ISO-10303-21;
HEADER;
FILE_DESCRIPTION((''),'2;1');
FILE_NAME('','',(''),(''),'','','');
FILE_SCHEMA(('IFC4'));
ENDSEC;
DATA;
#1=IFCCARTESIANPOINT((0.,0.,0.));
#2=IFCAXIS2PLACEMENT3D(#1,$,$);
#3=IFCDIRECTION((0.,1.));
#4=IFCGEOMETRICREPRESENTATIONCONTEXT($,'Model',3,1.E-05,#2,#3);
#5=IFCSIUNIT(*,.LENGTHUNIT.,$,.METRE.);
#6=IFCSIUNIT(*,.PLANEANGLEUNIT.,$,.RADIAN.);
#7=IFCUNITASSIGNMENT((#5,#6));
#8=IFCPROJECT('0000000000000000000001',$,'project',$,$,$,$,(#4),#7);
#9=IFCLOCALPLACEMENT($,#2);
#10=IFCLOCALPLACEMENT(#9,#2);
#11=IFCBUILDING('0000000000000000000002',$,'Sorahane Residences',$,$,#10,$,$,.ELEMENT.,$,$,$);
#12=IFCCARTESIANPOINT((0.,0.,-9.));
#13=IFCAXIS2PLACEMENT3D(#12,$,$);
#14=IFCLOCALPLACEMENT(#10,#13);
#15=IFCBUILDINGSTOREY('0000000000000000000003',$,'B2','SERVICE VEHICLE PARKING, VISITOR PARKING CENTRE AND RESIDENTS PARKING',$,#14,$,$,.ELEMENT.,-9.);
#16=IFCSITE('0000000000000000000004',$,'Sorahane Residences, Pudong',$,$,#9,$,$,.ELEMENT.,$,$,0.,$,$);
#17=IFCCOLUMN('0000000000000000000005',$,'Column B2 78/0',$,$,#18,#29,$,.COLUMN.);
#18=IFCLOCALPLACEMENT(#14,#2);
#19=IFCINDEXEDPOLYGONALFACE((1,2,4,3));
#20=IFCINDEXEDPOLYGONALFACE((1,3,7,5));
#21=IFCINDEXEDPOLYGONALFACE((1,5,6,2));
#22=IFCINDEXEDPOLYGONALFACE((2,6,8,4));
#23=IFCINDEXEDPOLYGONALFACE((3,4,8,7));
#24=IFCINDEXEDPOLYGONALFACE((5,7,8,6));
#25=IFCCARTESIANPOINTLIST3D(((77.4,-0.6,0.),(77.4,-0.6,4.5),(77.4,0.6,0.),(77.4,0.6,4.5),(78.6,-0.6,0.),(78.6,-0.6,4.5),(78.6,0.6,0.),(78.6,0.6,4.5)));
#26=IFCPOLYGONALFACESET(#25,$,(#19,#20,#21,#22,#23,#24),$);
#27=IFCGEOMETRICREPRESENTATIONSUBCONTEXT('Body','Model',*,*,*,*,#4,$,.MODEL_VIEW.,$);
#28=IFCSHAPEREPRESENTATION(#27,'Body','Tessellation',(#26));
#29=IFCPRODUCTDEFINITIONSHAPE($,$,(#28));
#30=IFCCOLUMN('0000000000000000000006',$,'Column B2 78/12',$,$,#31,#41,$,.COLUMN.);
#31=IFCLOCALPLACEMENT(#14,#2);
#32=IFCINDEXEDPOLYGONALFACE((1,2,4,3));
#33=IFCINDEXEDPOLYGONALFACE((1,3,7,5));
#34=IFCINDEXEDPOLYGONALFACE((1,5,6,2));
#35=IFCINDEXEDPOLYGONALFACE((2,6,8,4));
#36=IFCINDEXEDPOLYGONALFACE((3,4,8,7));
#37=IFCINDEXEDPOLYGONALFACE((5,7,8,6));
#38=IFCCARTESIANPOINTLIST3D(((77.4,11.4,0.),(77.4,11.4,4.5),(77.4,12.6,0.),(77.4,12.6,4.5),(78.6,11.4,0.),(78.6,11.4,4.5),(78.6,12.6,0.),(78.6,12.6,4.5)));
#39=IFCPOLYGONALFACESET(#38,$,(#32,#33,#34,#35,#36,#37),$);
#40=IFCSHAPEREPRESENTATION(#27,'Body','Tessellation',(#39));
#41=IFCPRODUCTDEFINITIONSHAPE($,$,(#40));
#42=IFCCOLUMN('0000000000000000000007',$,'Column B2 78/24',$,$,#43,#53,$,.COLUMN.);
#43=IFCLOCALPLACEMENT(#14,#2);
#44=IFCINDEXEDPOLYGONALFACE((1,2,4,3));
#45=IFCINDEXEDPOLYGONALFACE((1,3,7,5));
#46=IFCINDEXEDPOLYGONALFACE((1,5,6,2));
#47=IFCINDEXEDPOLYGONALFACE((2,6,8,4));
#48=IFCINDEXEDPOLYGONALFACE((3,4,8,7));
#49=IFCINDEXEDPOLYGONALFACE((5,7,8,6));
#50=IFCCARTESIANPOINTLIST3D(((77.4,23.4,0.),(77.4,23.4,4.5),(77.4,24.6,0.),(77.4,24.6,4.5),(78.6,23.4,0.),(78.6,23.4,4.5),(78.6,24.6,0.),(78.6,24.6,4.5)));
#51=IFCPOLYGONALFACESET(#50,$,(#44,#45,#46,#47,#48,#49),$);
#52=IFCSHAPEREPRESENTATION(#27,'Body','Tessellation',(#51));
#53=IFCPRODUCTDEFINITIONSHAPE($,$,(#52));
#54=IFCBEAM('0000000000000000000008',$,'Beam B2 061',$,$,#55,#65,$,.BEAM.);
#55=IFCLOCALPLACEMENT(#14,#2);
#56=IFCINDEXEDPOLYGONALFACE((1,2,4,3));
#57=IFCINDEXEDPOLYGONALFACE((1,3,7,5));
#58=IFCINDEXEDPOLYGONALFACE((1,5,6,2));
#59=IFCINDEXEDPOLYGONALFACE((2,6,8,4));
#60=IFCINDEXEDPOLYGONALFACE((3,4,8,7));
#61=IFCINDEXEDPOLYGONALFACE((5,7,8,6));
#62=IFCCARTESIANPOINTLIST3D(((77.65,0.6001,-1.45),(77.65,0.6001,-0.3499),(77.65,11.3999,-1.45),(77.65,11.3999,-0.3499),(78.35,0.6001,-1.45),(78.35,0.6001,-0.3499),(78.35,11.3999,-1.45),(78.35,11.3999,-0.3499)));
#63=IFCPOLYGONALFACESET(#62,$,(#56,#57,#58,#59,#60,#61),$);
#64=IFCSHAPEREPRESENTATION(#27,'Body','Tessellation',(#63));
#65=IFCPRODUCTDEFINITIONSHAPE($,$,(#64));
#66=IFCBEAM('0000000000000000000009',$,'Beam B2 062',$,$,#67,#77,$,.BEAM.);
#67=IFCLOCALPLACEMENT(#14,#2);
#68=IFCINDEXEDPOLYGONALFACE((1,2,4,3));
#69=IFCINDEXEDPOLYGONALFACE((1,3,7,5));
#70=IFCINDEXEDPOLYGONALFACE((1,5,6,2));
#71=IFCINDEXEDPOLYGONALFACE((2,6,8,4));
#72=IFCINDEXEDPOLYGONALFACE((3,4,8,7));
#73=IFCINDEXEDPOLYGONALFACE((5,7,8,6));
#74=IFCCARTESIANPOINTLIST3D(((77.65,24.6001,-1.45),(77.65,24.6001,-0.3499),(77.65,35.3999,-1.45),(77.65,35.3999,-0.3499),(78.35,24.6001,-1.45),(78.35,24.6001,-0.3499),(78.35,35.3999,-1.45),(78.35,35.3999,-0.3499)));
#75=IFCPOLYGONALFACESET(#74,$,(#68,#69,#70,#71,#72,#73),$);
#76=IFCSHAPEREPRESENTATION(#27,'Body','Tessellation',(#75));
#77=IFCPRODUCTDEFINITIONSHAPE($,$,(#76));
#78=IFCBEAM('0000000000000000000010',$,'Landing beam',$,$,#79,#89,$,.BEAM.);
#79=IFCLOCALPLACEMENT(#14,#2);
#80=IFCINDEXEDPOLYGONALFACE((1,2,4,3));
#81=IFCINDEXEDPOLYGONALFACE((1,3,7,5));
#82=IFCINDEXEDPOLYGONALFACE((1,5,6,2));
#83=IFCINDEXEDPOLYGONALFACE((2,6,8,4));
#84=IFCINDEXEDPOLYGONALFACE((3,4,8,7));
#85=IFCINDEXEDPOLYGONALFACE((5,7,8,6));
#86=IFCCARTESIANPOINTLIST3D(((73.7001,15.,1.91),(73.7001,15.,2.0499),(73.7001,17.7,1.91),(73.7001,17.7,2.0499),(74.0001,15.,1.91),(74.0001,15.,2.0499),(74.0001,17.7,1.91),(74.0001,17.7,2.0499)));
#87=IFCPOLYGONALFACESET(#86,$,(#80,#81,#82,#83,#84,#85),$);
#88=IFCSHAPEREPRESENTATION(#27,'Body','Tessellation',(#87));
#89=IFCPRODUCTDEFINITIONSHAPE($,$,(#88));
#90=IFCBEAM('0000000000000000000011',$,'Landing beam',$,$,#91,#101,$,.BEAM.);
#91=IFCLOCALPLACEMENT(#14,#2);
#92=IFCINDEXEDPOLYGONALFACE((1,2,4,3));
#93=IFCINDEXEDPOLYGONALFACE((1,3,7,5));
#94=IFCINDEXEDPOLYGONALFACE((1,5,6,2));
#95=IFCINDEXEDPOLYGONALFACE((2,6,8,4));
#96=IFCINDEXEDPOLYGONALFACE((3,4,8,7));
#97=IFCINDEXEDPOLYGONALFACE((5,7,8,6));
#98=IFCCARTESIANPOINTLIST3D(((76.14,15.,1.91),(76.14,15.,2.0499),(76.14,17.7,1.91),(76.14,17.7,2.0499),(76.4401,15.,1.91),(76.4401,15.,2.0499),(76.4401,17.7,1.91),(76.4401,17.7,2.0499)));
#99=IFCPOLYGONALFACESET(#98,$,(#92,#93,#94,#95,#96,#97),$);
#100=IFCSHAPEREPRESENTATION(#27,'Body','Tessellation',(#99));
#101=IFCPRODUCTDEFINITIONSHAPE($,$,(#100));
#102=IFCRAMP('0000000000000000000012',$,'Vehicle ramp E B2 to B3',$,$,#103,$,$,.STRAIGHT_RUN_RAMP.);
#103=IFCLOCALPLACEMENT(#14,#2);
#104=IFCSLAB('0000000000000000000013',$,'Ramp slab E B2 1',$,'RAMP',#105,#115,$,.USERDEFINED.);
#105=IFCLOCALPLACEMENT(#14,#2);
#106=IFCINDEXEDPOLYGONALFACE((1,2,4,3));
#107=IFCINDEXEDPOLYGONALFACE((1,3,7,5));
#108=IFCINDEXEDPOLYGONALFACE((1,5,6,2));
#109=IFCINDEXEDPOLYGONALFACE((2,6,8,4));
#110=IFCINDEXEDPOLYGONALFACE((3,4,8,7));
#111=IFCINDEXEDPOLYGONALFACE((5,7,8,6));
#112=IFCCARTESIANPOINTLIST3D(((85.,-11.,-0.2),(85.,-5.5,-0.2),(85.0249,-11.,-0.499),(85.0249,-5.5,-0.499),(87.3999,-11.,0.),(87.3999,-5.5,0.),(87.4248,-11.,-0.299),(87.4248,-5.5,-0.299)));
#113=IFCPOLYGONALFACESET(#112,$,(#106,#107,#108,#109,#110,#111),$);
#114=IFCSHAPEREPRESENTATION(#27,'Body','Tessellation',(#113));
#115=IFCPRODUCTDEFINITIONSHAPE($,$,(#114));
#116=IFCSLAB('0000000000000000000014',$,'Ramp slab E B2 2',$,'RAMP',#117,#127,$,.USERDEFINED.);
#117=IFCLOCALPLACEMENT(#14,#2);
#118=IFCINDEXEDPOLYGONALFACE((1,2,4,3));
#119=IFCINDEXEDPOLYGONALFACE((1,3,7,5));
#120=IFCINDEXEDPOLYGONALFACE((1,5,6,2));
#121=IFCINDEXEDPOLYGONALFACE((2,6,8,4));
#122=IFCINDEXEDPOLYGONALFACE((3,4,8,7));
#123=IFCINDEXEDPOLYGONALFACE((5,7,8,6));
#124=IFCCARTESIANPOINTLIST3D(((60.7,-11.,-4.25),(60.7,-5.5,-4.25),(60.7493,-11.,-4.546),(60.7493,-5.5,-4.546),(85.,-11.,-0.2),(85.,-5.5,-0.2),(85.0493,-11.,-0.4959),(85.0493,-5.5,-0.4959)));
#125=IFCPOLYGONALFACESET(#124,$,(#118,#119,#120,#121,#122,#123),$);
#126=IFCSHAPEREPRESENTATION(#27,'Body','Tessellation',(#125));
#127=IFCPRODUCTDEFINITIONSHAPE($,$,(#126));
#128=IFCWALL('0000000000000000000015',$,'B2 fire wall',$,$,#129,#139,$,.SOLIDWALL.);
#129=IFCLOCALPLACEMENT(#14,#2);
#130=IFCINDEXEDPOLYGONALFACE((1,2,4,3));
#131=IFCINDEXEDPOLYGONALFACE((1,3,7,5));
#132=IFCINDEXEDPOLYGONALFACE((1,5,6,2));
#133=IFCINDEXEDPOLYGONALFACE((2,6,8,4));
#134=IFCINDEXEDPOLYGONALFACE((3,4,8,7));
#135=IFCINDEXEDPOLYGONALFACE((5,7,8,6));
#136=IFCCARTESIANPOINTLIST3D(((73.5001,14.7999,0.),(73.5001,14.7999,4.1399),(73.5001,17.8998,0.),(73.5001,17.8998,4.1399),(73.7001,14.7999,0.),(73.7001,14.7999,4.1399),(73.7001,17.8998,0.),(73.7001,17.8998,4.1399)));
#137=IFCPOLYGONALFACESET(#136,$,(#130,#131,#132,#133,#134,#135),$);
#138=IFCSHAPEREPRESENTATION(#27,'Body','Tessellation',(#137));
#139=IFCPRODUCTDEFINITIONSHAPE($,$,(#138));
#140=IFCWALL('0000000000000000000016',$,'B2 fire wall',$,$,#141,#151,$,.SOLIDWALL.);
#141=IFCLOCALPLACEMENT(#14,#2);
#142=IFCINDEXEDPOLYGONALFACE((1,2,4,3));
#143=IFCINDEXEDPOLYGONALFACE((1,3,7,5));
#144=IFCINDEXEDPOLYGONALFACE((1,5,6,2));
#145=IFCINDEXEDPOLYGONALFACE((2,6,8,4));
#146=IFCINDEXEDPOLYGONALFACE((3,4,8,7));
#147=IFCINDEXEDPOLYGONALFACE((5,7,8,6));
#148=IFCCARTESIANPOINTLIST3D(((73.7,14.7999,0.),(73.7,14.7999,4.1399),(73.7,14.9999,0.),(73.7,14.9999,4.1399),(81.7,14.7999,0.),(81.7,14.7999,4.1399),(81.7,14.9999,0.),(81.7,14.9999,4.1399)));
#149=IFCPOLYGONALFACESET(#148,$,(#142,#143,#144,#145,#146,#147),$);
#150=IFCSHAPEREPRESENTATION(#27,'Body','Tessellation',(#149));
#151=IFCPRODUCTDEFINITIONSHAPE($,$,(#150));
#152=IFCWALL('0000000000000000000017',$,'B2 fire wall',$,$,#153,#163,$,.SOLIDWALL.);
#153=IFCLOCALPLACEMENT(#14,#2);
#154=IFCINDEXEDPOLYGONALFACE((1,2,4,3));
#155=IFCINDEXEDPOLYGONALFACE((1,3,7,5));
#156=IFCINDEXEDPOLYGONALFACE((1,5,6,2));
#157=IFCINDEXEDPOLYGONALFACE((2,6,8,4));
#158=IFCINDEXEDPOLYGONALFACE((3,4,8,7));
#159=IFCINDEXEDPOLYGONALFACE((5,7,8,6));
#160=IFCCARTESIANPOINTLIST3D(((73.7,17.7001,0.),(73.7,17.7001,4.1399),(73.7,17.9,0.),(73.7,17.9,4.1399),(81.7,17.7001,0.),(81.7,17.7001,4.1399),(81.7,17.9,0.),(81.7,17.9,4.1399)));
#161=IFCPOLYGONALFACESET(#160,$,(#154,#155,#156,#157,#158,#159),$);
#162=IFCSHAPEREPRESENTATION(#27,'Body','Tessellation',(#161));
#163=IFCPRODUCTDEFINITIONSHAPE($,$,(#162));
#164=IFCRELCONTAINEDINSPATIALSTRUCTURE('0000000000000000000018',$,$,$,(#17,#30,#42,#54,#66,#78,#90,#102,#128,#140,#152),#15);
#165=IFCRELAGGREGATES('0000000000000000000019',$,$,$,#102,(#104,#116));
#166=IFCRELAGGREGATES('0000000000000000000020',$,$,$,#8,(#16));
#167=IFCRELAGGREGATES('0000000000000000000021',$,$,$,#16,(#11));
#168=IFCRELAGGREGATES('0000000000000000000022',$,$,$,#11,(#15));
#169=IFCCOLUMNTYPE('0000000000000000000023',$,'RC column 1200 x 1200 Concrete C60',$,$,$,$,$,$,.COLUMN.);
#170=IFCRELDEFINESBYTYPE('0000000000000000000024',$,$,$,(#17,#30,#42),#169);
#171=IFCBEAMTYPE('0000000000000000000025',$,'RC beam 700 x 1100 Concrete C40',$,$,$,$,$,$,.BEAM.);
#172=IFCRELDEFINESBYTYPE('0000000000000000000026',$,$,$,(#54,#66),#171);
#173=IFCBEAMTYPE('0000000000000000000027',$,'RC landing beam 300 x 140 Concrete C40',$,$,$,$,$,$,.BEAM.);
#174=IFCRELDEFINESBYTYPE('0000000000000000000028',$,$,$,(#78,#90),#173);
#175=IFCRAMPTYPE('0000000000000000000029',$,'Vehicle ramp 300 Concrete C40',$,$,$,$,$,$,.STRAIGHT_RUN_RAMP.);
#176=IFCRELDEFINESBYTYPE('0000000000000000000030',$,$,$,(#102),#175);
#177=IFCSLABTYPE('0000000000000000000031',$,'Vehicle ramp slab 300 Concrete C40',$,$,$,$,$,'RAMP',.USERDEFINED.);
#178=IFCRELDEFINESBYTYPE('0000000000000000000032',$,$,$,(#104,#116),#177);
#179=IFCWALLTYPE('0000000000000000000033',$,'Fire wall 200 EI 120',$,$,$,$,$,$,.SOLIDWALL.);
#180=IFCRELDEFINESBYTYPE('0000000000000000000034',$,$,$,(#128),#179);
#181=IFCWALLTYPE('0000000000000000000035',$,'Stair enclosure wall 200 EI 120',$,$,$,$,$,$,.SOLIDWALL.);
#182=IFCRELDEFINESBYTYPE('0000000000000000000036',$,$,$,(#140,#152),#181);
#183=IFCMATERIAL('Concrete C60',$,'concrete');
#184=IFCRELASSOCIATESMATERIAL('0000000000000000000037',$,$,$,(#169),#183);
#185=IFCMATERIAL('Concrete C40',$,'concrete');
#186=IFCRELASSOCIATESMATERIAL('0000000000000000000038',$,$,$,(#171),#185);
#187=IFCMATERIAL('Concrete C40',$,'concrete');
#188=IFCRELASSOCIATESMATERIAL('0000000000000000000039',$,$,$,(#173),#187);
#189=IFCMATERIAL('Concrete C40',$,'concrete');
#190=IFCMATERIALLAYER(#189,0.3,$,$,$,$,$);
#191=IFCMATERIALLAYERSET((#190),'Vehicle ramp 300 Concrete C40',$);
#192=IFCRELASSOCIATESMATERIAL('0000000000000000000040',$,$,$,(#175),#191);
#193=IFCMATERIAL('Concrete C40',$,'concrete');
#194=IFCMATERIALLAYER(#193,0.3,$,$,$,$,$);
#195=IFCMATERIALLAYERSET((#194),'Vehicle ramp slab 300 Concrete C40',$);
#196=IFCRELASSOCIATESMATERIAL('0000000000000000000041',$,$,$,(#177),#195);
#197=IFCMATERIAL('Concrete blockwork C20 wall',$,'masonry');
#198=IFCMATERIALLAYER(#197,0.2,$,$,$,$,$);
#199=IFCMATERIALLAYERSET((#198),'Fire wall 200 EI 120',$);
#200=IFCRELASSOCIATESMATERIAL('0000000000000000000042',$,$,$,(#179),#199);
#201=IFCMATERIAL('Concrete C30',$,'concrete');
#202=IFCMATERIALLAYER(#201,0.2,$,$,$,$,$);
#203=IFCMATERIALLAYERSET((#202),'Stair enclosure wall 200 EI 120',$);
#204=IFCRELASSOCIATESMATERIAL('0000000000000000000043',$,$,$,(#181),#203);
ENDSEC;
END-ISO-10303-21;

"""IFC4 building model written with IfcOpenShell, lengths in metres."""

from ifc_helpers import new_model, si_unit, direction, frame, frame_2d, origin, origin_2d, place, context, subcontext, project, spatial, polyline, rectangle, outline, extrude, material, layer, layer_set, material_profile, profile_set, type_object, element, aggregate, save


model = new_model("IFC4")

# Units and contexts
model_context = context("Model", 3, precision=1e-05, world=origin(), true_north=direction((0.0, 1.0)))
body_context = subcontext(model_context, "Body", "Model", "MODEL_VIEW")
ifc_project = project(units=[si_unit("LENGTHUNIT", "METRE"), si_unit("PLANEANGLEUNIT", "RADIAN")], contexts=[model_context])

# Site, building, storey
site_placement = place(None, origin())
site = spatial("IfcSite", under=ifc_project, at=site_placement, Name="Sorahane Residences, Pudong", CompositionType="ELEMENT", RefElevation=0.0)
building_placement = place(site_placement, origin())
building = spatial("IfcBuilding", under=site, at=building_placement, Name="Sorahane Residences", CompositionType="ELEMENT")
storey_placement = place(building_placement, frame((0.0, 0.0, -9.0)))
storey = spatial("IfcBuildingStorey", under=building, at=storey_placement, Name="B2", Description="SERVICE VEHICLE PARKING, VISITOR PARKING CENTRE AND RESIDENTS PARKING", CompositionType="ELEMENT", Elevation=-9.0)

# Columns
ifc_material_1 = material(Name="Concrete C60", Category="concrete")
ifc_material_profile_1 = material_profile(ifc_material_1, rectangle(XDim=1.2, YDim=1.2, at=origin_2d()), Name="1200x1200")
ifc_profile_set_1 = profile_set([ifc_material_profile_1], Name="Concrete C60")
column_type = type_object("IfcColumnType", Name="RC column 1200 x 1200 Concrete C60", PredefinedType="COLUMN", material=ifc_profile_set_1)
for number, where, z_axis, x_axis, name in (
    (1, (78.0, 0.0, 0.0), (0.0, 0.0, 1.0), (1.0, 0.0, 0.0), "Column B2 78/0"),
    (2, (78.0, 12.0, 0.0), (0.0, 0.0, 1.0), (1.0, 0.0, 0.0), "Column B2 78/12"),
    (3, (78.0, 24.0, 0.0), (0.0, 0.0, 1.0), (1.0, 0.0, 0.0), "Column B2 78/24"),
):
    element("IfcColumn", number, at=place(storey_placement, frame(where, z_axis=z_axis, x_axis=x_axis)), inside=storey, type_object=column_type, Name=name, PredefinedType="COLUMN", context=body_context, shape_type="SweptSolid", body=[
        extrude(rectangle(XDim=1.2, YDim=1.2, at=origin_2d()), origin(), (0.0, 0.0, 1.0), 4.5),
    ])

# Beams
ifc_material_2 = material(Name="Concrete C40", Category="concrete")
ifc_material_profile_2 = material_profile(ifc_material_2, rectangle(XDim=0.7, YDim=1.1001, at=origin_2d()), Name="700x1100")
ifc_profile_set_2 = profile_set([ifc_material_profile_2], Name="Concrete C40")
beam_type_1 = type_object("IfcBeamType", Name="RC beam 700 x 1100 Concrete C40", PredefinedType="BEAM", material=ifc_profile_set_2)
for number, where, z_axis, x_axis, name in (
    (4, (78.0, 0.6001, -0.8999), (0.0, 1.0, 0.0), (-1.0, 0.0, 0.0), "Beam B2 061"),
    (5, (78.0, 24.6001, -0.8999), (0.0, 1.0, 0.0), (-1.0, 0.0, 0.0), "Beam B2 062"),
):
    element("IfcBeam", number, at=place(storey_placement, frame(where, z_axis=z_axis, x_axis=x_axis)), inside=storey, type_object=beam_type_1, Name=name, PredefinedType="BEAM", context=body_context, shape_type="SweptSolid", body=[
        extrude(rectangle(XDim=0.7, YDim=1.1001, at=origin_2d()), origin(), (0.0, 0.0, 1.0), 10.7998),
    ])
ifc_material_3 = material(Name="Concrete C40", Category="concrete")
ifc_material_profile_3 = material_profile(ifc_material_3, rectangle(XDim=0.3, YDim=0.1399, at=origin_2d()), Name="300x140")
ifc_profile_set_3 = profile_set([ifc_material_profile_3], Name="Concrete C40")
beam_type_2 = type_object("IfcBeamType", Name="RC landing beam 300 x 140 Concrete C40", PredefinedType="BEAM", material=ifc_profile_set_3)
for number, where, z_axis, x_axis, name in (
    (6, (73.8501, 15.0, 1.98), (0.0, 1.0, 0.0), (-1.0, 0.0, 0.0), "Landing beam"),
    (7, (76.29, 15.0, 1.98), (0.0, 1.0, 0.0), (-1.0, 0.0, 0.0), "Landing beam"),
):
    element("IfcBeam", number, at=place(storey_placement, frame(where, z_axis=z_axis, x_axis=x_axis)), inside=storey, type_object=beam_type_2, Name=name, PredefinedType="BEAM", context=body_context, shape_type="SweptSolid", body=[
        extrude(rectangle(XDim=0.3, YDim=0.1399, at=origin_2d()), origin(), (0.0, 0.0, 1.0), 2.7),
    ])

# Ramp, slabs
ifc_material_4 = material(Name="Concrete C40", Category="concrete")
ifc_layer_1 = layer(ifc_material_4, 0.3)
ifc_layer_set_1 = layer_set([ifc_layer_1], Name="Vehicle ramp 300 Concrete C40")
ramp_type = type_object("IfcRampType", Name="Vehicle ramp 300 Concrete C40", PredefinedType="STRAIGHT_RUN_RAMP", material=ifc_layer_set_1)
ramp_placement = place(storey_placement, origin())
ramp = element("IfcRamp", 8, at=ramp_placement, inside=storey, type_object=ramp_type, Name="Vehicle ramp E B2 to B3", PredefinedType="STRAIGHT_RUN_RAMP")
ifc_material_5 = material(Name="Concrete C40", Category="concrete")
ifc_layer_2 = layer(ifc_material_5, 0.3)
ifc_layer_set_2 = layer_set([ifc_layer_2], Name="Vehicle ramp slab 300 Concrete C40")
slab_type = type_object("IfcSlabType", Name="Vehicle ramp slab 300 Concrete C40", ElementType="RAMP", PredefinedType="USERDEFINED", material=ifc_layer_set_2)
slab_1_placement = place(storey_placement, frame((87.3999, -11.0, 0.0), z_axis=(-0.083029, 0.0, 0.996547), x_axis=(-0.996547, 0.0, -0.083029)))
slab_1 = element("IfcSlab", 9, at=slab_1_placement, type_object=slab_type, Name="Ramp slab E B2 1", ObjectType="RAMP", PredefinedType="USERDEFINED", context=body_context, shape_type="SweptSolid", body=[
    extrude(outline(polyline([(0.0, 0.0), (2.4082, 0.0), (2.4082, -5.5), (0.0, -5.5), (0.0, 0.0)])), origin(), (0.0, 0.0, -1.0), 0.3),
])
slab_2_placement = place(storey_placement, frame((85.0, -11.0, -0.2), z_axis=(-0.164401, 0.0, 0.986394), x_axis=(-0.986394, 0.0, -0.164401)))
slab_2 = element("IfcSlab", 10, at=slab_2_placement, type_object=slab_type, Name="Ramp slab E B2 2", ObjectType="RAMP", PredefinedType="USERDEFINED", context=body_context, shape_type="SweptSolid", body=[
    extrude(outline(polyline([(0.0, 0.0), (24.6352, 0.0), (24.6352, -5.5), (0.0, -5.5), (0.0, 0.0)])), origin(), (0.0, 0.0, -1.0), 0.3),
])

# Wall
ifc_material_6 = material(Name="Concrete blockwork C20 wall", Category="masonry")
ifc_layer_3 = layer(ifc_material_6, 0.2)
ifc_layer_set_3 = layer_set([ifc_layer_3], Name="Fire wall 200 EI 120")
wall_type_1 = type_object("IfcWallType", Name="Fire wall 200 EI 120", PredefinedType="SOLIDWALL", material=ifc_layer_set_3)
wall_1_placement = place(storey_placement, frame((73.6001, 14.8, 0.0), z_axis=(0.0, 0.0, 1.0), x_axis=(0.0, 1.0, 0.0)))
element("IfcWall", 11, at=wall_1_placement, inside=storey, type_object=wall_type_1, Name="B2 fire wall", PredefinedType="SOLIDWALL", context=body_context, shape_type="SweptSolid", body=[
    extrude(rectangle(XDim=3.0999, YDim=0.2, at=frame_2d((1.5498, 0.0))), origin(), (0.0, 0.0, 1.0), 4.1399),
])

# Walls
ifc_material_7 = material(Name="Concrete C30", Category="concrete")
ifc_layer_4 = layer(ifc_material_7, 0.2)
ifc_layer_set_4 = layer_set([ifc_layer_4], Name="Stair enclosure wall 200 EI 120")
wall_type_2 = type_object("IfcWallType", Name="Stair enclosure wall 200 EI 120", PredefinedType="SOLIDWALL", material=ifc_layer_set_4)
for number, where, z_axis, x_axis, name in (
    (12, (73.7, 14.8999, 0.0), (0.0, 0.0, 1.0), (1.0, 0.0, 0.0), "B2 fire wall"),
    (13, (73.7, 17.8, 0.0), (0.0, 0.0, 1.0), (1.0, 0.0, 0.0), "B2 fire wall"),
):
    element("IfcWall", number, at=place(storey_placement, frame(where, z_axis=z_axis, x_axis=x_axis)), inside=storey, type_object=wall_type_2, Name=name, PredefinedType="SOLIDWALL", context=body_context, shape_type="SweptSolid", body=[
        extrude(rectangle(XDim=8.0, YDim=0.2, at=frame_2d((4.0, 0.0))), origin(), (0.0, 0.0, 1.0), 4.1399),
    ])

aggregate(ramp, [slab_1, slab_2])

save(model, "model.ifc")
